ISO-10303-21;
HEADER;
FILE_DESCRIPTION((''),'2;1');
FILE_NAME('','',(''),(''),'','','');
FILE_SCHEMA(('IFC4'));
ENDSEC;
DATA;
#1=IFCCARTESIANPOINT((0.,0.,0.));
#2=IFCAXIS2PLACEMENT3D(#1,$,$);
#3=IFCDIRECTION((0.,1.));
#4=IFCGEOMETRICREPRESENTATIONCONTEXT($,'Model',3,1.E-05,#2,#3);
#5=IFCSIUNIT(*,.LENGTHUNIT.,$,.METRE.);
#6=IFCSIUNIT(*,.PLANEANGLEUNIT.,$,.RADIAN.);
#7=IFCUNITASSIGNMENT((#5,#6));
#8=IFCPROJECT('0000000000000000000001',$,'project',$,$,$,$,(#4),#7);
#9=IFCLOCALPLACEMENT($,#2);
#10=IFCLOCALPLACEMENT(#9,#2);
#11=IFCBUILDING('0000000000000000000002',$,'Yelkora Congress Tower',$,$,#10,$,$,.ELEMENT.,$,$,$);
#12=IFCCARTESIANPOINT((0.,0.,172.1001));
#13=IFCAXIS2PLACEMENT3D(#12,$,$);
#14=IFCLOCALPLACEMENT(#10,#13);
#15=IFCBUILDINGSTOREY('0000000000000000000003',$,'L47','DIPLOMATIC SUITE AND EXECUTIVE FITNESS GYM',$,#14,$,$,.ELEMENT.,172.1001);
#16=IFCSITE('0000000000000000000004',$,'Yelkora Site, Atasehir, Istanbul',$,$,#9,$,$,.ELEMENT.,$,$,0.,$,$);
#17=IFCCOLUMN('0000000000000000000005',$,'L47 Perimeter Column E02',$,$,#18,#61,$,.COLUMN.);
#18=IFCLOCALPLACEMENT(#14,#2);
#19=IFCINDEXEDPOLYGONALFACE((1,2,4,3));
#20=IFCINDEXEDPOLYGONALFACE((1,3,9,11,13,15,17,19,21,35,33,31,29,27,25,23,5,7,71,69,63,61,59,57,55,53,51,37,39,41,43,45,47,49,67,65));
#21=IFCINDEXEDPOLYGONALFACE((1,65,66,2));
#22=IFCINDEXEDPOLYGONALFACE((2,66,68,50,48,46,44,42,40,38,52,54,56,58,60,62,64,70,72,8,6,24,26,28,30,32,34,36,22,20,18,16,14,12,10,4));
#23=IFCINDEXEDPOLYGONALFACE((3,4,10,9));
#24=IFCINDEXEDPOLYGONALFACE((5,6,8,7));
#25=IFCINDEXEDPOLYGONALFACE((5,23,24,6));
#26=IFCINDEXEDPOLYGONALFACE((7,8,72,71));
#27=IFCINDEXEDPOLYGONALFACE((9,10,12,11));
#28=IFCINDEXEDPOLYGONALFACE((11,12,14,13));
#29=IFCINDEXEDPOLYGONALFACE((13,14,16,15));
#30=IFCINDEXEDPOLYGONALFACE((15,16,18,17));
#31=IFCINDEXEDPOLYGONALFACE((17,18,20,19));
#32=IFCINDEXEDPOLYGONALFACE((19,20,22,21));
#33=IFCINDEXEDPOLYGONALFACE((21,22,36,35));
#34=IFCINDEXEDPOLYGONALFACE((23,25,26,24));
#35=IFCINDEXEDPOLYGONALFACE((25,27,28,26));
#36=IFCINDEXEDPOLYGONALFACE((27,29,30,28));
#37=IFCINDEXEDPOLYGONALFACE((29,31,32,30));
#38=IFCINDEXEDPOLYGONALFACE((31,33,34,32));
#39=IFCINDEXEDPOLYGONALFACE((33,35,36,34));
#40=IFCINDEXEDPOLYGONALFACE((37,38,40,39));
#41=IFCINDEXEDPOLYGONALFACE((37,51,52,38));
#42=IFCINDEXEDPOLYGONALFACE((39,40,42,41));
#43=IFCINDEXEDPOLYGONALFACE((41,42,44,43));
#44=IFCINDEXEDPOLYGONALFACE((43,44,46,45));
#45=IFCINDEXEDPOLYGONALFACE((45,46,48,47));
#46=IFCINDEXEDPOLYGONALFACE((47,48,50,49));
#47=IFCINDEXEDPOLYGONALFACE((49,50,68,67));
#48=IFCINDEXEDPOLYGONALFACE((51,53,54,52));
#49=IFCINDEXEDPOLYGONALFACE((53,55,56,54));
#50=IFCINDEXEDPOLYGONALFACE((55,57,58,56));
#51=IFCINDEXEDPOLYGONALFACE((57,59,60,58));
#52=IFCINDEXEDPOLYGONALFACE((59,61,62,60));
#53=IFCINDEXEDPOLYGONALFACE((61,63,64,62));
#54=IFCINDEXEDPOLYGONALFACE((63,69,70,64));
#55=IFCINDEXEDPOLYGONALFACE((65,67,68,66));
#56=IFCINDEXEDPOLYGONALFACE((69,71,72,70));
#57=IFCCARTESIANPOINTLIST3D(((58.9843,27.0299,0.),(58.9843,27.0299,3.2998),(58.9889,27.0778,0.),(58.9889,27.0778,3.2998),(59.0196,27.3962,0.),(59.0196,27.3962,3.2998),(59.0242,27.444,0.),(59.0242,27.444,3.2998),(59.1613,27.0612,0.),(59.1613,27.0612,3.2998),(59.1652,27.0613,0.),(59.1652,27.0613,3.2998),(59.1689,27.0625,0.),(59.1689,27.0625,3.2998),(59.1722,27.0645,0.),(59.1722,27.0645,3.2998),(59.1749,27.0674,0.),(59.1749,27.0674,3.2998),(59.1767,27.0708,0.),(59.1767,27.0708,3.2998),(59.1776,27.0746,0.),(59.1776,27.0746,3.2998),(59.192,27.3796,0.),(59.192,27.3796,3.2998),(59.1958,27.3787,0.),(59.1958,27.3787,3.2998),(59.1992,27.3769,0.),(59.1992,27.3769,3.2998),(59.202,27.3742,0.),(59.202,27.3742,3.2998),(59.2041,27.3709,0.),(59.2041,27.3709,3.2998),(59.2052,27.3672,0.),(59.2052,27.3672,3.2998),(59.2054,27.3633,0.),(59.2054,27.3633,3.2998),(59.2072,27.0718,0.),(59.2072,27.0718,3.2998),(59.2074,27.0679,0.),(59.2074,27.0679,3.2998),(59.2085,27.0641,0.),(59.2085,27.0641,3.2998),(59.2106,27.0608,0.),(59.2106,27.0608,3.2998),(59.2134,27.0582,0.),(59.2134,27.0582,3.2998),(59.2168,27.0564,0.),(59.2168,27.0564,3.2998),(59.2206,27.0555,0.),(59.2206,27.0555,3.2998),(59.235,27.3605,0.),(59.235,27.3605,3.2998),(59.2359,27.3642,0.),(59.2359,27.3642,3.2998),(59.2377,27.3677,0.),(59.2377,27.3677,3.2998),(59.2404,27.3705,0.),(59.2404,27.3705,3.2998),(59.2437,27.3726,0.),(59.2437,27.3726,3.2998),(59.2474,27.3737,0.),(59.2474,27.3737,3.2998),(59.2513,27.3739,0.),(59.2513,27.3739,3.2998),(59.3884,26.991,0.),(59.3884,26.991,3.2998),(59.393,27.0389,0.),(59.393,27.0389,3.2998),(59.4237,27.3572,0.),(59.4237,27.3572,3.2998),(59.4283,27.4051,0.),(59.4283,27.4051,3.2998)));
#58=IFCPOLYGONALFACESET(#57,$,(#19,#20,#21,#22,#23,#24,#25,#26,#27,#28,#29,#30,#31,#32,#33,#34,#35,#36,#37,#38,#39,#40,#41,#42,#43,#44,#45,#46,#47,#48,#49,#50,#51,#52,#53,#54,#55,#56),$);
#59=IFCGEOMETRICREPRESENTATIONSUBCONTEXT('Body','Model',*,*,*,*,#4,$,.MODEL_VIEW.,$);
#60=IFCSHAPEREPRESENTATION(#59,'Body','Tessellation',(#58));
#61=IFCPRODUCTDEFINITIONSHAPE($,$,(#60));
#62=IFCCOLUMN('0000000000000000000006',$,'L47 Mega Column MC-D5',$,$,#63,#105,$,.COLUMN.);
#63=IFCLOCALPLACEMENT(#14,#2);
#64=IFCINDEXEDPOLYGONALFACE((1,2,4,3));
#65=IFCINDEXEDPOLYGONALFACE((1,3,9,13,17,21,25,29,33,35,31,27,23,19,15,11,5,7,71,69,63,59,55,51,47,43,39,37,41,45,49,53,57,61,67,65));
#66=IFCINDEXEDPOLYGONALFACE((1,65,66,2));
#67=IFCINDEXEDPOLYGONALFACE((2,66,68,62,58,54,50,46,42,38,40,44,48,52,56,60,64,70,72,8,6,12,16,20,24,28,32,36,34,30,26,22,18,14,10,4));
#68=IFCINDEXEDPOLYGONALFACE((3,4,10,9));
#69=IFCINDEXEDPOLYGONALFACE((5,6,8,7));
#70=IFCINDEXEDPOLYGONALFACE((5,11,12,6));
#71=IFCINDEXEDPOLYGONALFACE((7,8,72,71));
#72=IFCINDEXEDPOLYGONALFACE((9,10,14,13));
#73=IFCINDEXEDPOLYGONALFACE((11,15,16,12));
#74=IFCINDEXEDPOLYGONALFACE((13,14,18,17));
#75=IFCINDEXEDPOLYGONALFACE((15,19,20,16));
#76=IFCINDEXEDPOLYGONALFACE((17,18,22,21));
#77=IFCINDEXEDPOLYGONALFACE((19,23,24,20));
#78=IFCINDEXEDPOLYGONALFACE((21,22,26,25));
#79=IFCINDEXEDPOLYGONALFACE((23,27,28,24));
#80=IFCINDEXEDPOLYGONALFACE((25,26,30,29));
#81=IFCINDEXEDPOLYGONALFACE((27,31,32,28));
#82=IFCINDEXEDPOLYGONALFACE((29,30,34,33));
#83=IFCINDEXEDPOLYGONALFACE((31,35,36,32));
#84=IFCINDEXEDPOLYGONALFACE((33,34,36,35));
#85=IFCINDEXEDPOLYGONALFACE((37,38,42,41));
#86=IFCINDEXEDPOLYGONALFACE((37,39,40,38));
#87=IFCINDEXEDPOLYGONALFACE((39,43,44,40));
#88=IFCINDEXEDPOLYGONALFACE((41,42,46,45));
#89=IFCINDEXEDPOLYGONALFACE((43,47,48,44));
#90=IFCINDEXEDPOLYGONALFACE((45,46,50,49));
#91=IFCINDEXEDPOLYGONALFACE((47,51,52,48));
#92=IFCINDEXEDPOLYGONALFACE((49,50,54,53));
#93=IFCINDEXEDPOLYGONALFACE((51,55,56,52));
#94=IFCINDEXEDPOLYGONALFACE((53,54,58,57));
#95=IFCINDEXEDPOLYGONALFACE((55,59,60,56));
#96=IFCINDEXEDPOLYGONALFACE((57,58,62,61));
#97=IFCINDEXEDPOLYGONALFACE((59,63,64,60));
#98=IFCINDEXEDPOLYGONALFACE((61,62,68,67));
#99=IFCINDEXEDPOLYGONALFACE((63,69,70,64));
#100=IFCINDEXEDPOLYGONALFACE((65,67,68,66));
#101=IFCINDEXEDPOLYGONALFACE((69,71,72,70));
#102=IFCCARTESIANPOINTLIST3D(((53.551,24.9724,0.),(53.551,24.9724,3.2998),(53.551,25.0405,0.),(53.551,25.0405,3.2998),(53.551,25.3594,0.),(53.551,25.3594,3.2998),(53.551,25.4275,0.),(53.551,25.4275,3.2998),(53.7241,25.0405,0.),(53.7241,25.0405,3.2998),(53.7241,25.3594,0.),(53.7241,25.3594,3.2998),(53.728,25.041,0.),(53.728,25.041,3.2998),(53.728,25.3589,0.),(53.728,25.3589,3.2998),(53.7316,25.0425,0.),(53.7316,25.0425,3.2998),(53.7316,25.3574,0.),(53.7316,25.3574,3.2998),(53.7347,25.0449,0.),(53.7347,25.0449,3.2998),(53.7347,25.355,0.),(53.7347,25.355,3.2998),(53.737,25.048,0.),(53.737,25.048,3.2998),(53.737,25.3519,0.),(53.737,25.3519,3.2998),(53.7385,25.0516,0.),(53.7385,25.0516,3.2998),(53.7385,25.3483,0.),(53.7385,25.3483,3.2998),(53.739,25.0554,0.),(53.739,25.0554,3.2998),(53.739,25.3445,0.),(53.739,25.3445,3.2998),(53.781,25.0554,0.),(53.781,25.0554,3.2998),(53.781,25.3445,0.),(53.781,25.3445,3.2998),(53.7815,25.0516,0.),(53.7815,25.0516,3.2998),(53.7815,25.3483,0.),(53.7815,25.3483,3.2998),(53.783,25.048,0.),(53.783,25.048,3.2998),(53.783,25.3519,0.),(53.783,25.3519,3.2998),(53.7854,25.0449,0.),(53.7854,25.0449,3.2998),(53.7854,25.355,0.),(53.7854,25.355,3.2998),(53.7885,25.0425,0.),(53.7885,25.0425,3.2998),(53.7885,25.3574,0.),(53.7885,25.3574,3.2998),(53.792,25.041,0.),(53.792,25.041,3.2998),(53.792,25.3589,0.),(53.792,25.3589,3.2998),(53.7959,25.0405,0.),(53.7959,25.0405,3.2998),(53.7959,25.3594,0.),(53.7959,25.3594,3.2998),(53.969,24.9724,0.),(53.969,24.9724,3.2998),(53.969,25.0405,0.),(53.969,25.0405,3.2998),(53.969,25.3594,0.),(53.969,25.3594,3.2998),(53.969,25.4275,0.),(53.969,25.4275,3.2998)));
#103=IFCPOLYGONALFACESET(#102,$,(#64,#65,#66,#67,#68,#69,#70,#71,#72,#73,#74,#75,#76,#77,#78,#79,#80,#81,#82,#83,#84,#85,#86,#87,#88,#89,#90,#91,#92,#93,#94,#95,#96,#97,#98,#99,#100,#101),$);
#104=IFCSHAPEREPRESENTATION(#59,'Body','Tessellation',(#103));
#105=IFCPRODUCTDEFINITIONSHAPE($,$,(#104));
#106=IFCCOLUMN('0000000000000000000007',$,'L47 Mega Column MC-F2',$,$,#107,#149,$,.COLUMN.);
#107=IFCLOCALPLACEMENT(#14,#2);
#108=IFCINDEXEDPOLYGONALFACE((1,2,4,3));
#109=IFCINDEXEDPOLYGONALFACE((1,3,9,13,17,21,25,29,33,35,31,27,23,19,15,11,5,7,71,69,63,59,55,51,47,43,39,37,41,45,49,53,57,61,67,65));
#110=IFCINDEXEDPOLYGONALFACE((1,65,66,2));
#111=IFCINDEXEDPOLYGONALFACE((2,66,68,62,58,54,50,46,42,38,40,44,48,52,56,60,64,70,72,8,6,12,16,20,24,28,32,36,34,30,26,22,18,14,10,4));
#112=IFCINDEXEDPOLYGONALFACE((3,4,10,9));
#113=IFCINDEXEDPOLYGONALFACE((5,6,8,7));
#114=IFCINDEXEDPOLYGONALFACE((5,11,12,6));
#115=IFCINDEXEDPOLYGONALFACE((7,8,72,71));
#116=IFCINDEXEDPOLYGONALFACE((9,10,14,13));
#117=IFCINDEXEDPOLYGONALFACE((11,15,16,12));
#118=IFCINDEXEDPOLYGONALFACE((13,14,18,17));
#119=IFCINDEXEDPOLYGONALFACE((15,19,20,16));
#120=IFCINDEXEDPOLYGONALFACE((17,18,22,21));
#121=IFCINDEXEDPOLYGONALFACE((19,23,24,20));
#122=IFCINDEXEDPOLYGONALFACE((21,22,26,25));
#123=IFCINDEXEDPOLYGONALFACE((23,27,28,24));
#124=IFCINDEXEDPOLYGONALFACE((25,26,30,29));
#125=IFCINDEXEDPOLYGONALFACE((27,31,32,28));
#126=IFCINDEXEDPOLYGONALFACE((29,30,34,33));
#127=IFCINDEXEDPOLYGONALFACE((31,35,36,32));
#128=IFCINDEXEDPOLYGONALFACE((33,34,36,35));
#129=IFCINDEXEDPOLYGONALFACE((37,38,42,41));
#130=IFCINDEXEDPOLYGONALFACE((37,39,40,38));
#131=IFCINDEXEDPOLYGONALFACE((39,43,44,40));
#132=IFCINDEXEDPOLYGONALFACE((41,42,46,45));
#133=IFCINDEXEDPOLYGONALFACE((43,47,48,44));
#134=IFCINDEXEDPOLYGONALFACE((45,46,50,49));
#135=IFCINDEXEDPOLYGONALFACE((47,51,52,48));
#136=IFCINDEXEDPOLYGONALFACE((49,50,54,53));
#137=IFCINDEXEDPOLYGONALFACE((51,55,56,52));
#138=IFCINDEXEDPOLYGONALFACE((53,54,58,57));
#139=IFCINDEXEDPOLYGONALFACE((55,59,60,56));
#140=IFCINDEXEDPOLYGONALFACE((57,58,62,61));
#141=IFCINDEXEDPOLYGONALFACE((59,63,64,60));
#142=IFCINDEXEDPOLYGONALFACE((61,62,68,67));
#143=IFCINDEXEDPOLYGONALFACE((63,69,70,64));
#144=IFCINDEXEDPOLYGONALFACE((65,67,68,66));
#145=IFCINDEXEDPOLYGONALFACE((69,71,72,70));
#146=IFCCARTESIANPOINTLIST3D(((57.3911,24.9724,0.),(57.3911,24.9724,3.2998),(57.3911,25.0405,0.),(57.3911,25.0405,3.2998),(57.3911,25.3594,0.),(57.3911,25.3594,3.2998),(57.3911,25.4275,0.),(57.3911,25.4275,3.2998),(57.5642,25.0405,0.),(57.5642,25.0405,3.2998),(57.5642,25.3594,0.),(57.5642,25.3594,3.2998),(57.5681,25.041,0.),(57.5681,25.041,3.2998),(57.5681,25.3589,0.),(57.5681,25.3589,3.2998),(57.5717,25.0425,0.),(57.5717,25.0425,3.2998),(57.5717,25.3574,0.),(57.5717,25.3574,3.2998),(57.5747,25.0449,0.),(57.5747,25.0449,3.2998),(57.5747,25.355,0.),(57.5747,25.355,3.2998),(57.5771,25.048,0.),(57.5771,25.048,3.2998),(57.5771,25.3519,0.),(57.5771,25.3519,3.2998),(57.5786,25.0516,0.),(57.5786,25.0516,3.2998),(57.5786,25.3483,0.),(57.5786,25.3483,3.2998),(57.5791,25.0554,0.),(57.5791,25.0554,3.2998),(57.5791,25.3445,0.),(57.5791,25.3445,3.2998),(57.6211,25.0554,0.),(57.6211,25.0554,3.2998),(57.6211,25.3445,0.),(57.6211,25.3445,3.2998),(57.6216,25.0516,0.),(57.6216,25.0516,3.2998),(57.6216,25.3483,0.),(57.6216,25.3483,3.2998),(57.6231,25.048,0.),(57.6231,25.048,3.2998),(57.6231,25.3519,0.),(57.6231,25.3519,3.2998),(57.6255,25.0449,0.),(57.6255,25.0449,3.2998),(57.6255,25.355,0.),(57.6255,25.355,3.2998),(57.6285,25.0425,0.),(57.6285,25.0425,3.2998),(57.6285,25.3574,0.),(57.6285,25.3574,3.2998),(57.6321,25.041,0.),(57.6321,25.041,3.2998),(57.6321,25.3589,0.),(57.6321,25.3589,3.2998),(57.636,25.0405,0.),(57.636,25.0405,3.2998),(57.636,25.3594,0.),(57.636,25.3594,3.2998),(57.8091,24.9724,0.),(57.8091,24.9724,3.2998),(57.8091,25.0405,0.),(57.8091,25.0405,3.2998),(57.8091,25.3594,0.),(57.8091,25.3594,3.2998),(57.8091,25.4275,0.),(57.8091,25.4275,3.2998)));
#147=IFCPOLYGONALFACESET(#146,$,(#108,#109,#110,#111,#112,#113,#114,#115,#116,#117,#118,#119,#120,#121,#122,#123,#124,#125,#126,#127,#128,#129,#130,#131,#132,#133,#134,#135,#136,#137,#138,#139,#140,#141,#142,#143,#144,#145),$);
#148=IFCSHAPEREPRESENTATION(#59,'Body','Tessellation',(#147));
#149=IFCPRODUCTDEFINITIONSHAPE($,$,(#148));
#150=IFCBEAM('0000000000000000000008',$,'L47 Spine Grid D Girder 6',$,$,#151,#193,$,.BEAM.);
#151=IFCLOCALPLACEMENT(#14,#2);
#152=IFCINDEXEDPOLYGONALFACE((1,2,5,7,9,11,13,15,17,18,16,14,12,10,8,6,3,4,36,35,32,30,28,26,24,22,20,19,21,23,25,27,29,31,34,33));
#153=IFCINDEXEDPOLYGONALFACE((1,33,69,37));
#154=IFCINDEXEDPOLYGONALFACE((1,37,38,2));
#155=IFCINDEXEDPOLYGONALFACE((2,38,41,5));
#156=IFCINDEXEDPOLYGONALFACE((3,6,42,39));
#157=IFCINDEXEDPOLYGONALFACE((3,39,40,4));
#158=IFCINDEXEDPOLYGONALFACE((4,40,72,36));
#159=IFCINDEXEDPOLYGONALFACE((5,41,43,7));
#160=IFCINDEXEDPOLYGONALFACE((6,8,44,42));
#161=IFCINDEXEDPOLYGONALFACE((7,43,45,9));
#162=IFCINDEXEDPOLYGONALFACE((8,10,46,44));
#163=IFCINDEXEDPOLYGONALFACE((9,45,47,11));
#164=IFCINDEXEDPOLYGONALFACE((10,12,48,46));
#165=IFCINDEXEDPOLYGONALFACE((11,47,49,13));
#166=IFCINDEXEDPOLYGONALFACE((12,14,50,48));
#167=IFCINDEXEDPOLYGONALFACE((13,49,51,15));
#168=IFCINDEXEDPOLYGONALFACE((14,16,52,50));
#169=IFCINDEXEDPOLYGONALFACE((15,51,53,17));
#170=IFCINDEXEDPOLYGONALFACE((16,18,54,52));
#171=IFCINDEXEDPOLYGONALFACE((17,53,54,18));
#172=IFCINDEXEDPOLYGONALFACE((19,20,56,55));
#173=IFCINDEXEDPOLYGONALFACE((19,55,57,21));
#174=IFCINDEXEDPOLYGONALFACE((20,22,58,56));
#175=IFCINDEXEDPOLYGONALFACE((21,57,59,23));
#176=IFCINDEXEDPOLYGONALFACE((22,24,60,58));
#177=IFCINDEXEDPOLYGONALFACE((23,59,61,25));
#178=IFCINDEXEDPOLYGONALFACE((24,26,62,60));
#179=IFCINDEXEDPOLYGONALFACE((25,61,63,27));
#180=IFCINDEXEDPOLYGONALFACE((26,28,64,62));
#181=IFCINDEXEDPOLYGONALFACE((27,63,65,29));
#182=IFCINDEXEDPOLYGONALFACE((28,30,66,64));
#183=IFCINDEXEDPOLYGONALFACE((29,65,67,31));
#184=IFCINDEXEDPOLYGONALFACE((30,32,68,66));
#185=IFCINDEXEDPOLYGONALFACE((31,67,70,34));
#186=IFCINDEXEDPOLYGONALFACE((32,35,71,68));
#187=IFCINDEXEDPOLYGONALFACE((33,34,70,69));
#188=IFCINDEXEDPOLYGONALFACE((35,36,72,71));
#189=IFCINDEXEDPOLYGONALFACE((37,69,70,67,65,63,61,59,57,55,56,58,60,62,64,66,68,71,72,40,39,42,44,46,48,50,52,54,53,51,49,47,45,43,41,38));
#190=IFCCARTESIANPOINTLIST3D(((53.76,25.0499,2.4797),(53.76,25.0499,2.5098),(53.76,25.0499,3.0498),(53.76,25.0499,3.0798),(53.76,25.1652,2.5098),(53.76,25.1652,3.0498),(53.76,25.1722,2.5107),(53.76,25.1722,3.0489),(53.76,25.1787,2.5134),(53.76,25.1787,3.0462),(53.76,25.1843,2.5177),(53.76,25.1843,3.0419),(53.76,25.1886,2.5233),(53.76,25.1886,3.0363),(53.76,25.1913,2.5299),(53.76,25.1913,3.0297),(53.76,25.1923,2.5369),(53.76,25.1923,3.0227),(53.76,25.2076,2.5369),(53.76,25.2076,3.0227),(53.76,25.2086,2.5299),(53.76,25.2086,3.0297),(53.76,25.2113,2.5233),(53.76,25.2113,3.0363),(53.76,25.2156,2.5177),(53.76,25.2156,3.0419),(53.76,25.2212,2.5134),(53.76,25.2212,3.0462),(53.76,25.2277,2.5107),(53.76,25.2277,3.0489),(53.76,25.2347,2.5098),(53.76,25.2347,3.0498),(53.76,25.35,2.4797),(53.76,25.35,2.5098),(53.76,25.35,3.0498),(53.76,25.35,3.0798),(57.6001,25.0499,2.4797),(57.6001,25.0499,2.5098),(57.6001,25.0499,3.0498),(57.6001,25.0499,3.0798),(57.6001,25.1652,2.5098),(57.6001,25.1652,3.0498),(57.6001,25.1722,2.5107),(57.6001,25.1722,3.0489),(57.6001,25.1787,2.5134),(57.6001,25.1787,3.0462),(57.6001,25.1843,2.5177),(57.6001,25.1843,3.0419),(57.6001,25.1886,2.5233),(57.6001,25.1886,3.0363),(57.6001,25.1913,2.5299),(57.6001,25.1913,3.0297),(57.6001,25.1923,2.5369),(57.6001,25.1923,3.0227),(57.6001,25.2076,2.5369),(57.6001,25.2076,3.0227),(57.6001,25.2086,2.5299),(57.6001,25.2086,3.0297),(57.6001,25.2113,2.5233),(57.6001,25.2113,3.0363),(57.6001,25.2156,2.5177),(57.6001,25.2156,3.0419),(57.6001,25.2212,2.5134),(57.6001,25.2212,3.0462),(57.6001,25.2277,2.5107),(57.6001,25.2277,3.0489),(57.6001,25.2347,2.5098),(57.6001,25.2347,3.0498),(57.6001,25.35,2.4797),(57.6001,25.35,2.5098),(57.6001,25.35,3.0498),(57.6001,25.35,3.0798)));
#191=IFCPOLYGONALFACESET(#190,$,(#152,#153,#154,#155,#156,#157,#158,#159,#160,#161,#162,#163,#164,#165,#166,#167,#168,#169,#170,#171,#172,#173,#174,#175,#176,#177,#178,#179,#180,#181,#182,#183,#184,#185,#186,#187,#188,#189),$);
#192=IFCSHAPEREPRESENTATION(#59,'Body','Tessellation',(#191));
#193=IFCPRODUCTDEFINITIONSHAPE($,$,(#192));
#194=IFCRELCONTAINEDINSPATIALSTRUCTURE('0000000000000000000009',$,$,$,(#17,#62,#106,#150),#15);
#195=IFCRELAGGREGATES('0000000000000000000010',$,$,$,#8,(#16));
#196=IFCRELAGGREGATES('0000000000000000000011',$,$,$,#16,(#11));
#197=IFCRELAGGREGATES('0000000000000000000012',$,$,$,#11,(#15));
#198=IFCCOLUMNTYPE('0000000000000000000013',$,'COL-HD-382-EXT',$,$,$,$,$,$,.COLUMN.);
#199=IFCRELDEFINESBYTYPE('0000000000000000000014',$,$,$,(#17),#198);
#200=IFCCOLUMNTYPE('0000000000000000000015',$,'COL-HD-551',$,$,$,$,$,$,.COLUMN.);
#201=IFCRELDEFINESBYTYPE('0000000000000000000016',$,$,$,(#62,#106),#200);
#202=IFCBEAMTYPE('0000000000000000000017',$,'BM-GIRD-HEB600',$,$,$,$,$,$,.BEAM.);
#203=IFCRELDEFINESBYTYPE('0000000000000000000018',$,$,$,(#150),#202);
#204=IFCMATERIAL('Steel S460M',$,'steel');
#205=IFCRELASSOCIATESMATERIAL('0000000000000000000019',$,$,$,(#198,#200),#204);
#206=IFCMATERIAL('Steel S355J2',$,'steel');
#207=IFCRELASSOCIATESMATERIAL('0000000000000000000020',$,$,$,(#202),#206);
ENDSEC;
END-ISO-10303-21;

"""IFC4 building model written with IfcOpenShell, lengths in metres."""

from ifc_helpers import new_model, si_unit, direction, frame, origin, origin_2d, place, context, subcontext, project, spatial, i_section, extrude, material, material_profile, profile_set, type_object, element, save


model = new_model("IFC4")

# Units and contexts
model_context = context("Model", 3, precision=1e-05, world=origin(), true_north=direction((0.0, 1.0)))
body_context = subcontext(model_context, "Body", "Model", "MODEL_VIEW")
ifc_project = project(units=[si_unit("LENGTHUNIT", "METRE"), si_unit("PLANEANGLEUNIT", "RADIAN")], contexts=[model_context])

# Site, building, storey
site_placement = place(None, origin())
site = spatial("IfcSite", under=ifc_project, at=site_placement, Name="Yelkora Site, Atasehir, Istanbul", CompositionType="ELEMENT", RefElevation=0.0)
building_placement = place(site_placement, origin())
building = spatial("IfcBuilding", under=site, at=building_placement, Name="Yelkora Congress Tower", CompositionType="ELEMENT")
storey_placement = place(building_placement, frame((0.0, 0.0, 172.1001)))
storey = spatial("IfcBuildingStorey", under=building, at=storey_placement, Name="L47", Description="DIPLOMATIC SUITE AND EXECUTIVE FITNESS GYM", CompositionType="ELEMENT", Elevation=172.1001)

# Columns
ifc_material_1 = material(Name="Steel S460M", Category="steel")
ifc_material_profile_1 = material_profile(ifc_material_1, i_section(OverallWidth=0.406, OverallDepth=0.416, WebThickness=0.0298, FlangeThickness=0.0481, FilletRadius=0.0149, at=origin_2d()), Name="HD 400x382")
ifc_profile_set_1 = profile_set([ifc_material_profile_1], Name="Steel S460M")
column_type_1 = type_object("IfcColumnType", Name="COL-HD-382-EXT", PredefinedType="COLUMN", material=ifc_profile_set_1)
column_placement = place(storey_placement, frame((59.2063, 27.2175, 0.0), z_axis=(0.0, 0.0, 1.0), x_axis=(0.995396, -0.095846, 0.0)))
element("IfcColumn", 1, at=column_placement, inside=storey, type_object=column_type_1, Name="L47 Perimeter Column E02", PredefinedType="COLUMN", context=body_context, shape_type="SweptSolid", body=[
    extrude(i_section(OverallWidth=0.406, OverallDepth=0.416, WebThickness=0.0298, FlangeThickness=0.0481, FilletRadius=0.0149, at=origin_2d()), origin(), (0.0, 0.0, 1.0), 3.2998),
])
ifc_material_profile_2 = material_profile(ifc_material_1, i_section(OverallWidth=0.418, OverallDepth=0.4551, WebThickness=0.042, FlangeThickness=0.0681, FilletRadius=0.0149, at=origin_2d()), Name="HD 400x551")
ifc_profile_set_2 = profile_set([ifc_material_profile_2], Name="Steel S460M")
column_type_2 = type_object("IfcColumnType", Name="COL-HD-551", PredefinedType="COLUMN", material=ifc_profile_set_2)
for number, where, z_axis, x_axis, name in (
    (2, (53.76, 25.2, 0.0), (0.0, 0.0, 1.0), (1.0, 0.0, 0.0), "L47 Mega Column MC-D5"),
    (3, (57.6001, 25.2, 0.0), (0.0, 0.0, 1.0), (1.0, 0.0, 0.0), "L47 Mega Column MC-F2"),
):
    element("IfcColumn", number, at=place(storey_placement, frame(where, z_axis=z_axis, x_axis=x_axis)), inside=storey, type_object=column_type_2, Name=name, PredefinedType="COLUMN", context=body_context, shape_type="SweptSolid", body=[
        extrude(i_section(OverallWidth=0.418, OverallDepth=0.4551, WebThickness=0.042, FlangeThickness=0.0681, FilletRadius=0.0149, at=origin_2d()), origin(), (0.0, 0.0, 1.0), 3.2998),
    ])

# Beam
ifc_material_2 = material(Name="Steel S355J2", Category="steel")
ifc_material_profile_3 = material_profile(ifc_material_2, i_section(OverallWidth=0.3, OverallDepth=0.6001, WebThickness=0.0154, FlangeThickness=0.03, FilletRadius=0.0271, at=origin_2d()), Name="HEB 600")
ifc_profile_set_3 = profile_set([ifc_material_profile_3], Name="Steel S355J2")
beam_type_1 = type_object("IfcBeamType", Name="BM-GIRD-HEB600", PredefinedType="BEAM", material=ifc_profile_set_3)
beam_1_placement = place(storey_placement, frame((53.76, 25.2, 2.7798), z_axis=(1.0, 0.0, 0.0), x_axis=(0.0, 1.0, 0.0)))
element("IfcBeam", 4, at=beam_1_placement, inside=storey, type_object=beam_type_1, Name="L47 Spine Grid D Girder 6", PredefinedType="BEAM", context=body_context, shape_type="SweptSolid", body=[
    extrude(i_section(OverallWidth=0.3, OverallDepth=0.6001, WebThickness=0.0154, FlangeThickness=0.03, FilletRadius=0.0271, at=origin_2d()), origin(), (0.0, 0.0, 1.0), 3.8401),
])

save(model, "model.ifc")
